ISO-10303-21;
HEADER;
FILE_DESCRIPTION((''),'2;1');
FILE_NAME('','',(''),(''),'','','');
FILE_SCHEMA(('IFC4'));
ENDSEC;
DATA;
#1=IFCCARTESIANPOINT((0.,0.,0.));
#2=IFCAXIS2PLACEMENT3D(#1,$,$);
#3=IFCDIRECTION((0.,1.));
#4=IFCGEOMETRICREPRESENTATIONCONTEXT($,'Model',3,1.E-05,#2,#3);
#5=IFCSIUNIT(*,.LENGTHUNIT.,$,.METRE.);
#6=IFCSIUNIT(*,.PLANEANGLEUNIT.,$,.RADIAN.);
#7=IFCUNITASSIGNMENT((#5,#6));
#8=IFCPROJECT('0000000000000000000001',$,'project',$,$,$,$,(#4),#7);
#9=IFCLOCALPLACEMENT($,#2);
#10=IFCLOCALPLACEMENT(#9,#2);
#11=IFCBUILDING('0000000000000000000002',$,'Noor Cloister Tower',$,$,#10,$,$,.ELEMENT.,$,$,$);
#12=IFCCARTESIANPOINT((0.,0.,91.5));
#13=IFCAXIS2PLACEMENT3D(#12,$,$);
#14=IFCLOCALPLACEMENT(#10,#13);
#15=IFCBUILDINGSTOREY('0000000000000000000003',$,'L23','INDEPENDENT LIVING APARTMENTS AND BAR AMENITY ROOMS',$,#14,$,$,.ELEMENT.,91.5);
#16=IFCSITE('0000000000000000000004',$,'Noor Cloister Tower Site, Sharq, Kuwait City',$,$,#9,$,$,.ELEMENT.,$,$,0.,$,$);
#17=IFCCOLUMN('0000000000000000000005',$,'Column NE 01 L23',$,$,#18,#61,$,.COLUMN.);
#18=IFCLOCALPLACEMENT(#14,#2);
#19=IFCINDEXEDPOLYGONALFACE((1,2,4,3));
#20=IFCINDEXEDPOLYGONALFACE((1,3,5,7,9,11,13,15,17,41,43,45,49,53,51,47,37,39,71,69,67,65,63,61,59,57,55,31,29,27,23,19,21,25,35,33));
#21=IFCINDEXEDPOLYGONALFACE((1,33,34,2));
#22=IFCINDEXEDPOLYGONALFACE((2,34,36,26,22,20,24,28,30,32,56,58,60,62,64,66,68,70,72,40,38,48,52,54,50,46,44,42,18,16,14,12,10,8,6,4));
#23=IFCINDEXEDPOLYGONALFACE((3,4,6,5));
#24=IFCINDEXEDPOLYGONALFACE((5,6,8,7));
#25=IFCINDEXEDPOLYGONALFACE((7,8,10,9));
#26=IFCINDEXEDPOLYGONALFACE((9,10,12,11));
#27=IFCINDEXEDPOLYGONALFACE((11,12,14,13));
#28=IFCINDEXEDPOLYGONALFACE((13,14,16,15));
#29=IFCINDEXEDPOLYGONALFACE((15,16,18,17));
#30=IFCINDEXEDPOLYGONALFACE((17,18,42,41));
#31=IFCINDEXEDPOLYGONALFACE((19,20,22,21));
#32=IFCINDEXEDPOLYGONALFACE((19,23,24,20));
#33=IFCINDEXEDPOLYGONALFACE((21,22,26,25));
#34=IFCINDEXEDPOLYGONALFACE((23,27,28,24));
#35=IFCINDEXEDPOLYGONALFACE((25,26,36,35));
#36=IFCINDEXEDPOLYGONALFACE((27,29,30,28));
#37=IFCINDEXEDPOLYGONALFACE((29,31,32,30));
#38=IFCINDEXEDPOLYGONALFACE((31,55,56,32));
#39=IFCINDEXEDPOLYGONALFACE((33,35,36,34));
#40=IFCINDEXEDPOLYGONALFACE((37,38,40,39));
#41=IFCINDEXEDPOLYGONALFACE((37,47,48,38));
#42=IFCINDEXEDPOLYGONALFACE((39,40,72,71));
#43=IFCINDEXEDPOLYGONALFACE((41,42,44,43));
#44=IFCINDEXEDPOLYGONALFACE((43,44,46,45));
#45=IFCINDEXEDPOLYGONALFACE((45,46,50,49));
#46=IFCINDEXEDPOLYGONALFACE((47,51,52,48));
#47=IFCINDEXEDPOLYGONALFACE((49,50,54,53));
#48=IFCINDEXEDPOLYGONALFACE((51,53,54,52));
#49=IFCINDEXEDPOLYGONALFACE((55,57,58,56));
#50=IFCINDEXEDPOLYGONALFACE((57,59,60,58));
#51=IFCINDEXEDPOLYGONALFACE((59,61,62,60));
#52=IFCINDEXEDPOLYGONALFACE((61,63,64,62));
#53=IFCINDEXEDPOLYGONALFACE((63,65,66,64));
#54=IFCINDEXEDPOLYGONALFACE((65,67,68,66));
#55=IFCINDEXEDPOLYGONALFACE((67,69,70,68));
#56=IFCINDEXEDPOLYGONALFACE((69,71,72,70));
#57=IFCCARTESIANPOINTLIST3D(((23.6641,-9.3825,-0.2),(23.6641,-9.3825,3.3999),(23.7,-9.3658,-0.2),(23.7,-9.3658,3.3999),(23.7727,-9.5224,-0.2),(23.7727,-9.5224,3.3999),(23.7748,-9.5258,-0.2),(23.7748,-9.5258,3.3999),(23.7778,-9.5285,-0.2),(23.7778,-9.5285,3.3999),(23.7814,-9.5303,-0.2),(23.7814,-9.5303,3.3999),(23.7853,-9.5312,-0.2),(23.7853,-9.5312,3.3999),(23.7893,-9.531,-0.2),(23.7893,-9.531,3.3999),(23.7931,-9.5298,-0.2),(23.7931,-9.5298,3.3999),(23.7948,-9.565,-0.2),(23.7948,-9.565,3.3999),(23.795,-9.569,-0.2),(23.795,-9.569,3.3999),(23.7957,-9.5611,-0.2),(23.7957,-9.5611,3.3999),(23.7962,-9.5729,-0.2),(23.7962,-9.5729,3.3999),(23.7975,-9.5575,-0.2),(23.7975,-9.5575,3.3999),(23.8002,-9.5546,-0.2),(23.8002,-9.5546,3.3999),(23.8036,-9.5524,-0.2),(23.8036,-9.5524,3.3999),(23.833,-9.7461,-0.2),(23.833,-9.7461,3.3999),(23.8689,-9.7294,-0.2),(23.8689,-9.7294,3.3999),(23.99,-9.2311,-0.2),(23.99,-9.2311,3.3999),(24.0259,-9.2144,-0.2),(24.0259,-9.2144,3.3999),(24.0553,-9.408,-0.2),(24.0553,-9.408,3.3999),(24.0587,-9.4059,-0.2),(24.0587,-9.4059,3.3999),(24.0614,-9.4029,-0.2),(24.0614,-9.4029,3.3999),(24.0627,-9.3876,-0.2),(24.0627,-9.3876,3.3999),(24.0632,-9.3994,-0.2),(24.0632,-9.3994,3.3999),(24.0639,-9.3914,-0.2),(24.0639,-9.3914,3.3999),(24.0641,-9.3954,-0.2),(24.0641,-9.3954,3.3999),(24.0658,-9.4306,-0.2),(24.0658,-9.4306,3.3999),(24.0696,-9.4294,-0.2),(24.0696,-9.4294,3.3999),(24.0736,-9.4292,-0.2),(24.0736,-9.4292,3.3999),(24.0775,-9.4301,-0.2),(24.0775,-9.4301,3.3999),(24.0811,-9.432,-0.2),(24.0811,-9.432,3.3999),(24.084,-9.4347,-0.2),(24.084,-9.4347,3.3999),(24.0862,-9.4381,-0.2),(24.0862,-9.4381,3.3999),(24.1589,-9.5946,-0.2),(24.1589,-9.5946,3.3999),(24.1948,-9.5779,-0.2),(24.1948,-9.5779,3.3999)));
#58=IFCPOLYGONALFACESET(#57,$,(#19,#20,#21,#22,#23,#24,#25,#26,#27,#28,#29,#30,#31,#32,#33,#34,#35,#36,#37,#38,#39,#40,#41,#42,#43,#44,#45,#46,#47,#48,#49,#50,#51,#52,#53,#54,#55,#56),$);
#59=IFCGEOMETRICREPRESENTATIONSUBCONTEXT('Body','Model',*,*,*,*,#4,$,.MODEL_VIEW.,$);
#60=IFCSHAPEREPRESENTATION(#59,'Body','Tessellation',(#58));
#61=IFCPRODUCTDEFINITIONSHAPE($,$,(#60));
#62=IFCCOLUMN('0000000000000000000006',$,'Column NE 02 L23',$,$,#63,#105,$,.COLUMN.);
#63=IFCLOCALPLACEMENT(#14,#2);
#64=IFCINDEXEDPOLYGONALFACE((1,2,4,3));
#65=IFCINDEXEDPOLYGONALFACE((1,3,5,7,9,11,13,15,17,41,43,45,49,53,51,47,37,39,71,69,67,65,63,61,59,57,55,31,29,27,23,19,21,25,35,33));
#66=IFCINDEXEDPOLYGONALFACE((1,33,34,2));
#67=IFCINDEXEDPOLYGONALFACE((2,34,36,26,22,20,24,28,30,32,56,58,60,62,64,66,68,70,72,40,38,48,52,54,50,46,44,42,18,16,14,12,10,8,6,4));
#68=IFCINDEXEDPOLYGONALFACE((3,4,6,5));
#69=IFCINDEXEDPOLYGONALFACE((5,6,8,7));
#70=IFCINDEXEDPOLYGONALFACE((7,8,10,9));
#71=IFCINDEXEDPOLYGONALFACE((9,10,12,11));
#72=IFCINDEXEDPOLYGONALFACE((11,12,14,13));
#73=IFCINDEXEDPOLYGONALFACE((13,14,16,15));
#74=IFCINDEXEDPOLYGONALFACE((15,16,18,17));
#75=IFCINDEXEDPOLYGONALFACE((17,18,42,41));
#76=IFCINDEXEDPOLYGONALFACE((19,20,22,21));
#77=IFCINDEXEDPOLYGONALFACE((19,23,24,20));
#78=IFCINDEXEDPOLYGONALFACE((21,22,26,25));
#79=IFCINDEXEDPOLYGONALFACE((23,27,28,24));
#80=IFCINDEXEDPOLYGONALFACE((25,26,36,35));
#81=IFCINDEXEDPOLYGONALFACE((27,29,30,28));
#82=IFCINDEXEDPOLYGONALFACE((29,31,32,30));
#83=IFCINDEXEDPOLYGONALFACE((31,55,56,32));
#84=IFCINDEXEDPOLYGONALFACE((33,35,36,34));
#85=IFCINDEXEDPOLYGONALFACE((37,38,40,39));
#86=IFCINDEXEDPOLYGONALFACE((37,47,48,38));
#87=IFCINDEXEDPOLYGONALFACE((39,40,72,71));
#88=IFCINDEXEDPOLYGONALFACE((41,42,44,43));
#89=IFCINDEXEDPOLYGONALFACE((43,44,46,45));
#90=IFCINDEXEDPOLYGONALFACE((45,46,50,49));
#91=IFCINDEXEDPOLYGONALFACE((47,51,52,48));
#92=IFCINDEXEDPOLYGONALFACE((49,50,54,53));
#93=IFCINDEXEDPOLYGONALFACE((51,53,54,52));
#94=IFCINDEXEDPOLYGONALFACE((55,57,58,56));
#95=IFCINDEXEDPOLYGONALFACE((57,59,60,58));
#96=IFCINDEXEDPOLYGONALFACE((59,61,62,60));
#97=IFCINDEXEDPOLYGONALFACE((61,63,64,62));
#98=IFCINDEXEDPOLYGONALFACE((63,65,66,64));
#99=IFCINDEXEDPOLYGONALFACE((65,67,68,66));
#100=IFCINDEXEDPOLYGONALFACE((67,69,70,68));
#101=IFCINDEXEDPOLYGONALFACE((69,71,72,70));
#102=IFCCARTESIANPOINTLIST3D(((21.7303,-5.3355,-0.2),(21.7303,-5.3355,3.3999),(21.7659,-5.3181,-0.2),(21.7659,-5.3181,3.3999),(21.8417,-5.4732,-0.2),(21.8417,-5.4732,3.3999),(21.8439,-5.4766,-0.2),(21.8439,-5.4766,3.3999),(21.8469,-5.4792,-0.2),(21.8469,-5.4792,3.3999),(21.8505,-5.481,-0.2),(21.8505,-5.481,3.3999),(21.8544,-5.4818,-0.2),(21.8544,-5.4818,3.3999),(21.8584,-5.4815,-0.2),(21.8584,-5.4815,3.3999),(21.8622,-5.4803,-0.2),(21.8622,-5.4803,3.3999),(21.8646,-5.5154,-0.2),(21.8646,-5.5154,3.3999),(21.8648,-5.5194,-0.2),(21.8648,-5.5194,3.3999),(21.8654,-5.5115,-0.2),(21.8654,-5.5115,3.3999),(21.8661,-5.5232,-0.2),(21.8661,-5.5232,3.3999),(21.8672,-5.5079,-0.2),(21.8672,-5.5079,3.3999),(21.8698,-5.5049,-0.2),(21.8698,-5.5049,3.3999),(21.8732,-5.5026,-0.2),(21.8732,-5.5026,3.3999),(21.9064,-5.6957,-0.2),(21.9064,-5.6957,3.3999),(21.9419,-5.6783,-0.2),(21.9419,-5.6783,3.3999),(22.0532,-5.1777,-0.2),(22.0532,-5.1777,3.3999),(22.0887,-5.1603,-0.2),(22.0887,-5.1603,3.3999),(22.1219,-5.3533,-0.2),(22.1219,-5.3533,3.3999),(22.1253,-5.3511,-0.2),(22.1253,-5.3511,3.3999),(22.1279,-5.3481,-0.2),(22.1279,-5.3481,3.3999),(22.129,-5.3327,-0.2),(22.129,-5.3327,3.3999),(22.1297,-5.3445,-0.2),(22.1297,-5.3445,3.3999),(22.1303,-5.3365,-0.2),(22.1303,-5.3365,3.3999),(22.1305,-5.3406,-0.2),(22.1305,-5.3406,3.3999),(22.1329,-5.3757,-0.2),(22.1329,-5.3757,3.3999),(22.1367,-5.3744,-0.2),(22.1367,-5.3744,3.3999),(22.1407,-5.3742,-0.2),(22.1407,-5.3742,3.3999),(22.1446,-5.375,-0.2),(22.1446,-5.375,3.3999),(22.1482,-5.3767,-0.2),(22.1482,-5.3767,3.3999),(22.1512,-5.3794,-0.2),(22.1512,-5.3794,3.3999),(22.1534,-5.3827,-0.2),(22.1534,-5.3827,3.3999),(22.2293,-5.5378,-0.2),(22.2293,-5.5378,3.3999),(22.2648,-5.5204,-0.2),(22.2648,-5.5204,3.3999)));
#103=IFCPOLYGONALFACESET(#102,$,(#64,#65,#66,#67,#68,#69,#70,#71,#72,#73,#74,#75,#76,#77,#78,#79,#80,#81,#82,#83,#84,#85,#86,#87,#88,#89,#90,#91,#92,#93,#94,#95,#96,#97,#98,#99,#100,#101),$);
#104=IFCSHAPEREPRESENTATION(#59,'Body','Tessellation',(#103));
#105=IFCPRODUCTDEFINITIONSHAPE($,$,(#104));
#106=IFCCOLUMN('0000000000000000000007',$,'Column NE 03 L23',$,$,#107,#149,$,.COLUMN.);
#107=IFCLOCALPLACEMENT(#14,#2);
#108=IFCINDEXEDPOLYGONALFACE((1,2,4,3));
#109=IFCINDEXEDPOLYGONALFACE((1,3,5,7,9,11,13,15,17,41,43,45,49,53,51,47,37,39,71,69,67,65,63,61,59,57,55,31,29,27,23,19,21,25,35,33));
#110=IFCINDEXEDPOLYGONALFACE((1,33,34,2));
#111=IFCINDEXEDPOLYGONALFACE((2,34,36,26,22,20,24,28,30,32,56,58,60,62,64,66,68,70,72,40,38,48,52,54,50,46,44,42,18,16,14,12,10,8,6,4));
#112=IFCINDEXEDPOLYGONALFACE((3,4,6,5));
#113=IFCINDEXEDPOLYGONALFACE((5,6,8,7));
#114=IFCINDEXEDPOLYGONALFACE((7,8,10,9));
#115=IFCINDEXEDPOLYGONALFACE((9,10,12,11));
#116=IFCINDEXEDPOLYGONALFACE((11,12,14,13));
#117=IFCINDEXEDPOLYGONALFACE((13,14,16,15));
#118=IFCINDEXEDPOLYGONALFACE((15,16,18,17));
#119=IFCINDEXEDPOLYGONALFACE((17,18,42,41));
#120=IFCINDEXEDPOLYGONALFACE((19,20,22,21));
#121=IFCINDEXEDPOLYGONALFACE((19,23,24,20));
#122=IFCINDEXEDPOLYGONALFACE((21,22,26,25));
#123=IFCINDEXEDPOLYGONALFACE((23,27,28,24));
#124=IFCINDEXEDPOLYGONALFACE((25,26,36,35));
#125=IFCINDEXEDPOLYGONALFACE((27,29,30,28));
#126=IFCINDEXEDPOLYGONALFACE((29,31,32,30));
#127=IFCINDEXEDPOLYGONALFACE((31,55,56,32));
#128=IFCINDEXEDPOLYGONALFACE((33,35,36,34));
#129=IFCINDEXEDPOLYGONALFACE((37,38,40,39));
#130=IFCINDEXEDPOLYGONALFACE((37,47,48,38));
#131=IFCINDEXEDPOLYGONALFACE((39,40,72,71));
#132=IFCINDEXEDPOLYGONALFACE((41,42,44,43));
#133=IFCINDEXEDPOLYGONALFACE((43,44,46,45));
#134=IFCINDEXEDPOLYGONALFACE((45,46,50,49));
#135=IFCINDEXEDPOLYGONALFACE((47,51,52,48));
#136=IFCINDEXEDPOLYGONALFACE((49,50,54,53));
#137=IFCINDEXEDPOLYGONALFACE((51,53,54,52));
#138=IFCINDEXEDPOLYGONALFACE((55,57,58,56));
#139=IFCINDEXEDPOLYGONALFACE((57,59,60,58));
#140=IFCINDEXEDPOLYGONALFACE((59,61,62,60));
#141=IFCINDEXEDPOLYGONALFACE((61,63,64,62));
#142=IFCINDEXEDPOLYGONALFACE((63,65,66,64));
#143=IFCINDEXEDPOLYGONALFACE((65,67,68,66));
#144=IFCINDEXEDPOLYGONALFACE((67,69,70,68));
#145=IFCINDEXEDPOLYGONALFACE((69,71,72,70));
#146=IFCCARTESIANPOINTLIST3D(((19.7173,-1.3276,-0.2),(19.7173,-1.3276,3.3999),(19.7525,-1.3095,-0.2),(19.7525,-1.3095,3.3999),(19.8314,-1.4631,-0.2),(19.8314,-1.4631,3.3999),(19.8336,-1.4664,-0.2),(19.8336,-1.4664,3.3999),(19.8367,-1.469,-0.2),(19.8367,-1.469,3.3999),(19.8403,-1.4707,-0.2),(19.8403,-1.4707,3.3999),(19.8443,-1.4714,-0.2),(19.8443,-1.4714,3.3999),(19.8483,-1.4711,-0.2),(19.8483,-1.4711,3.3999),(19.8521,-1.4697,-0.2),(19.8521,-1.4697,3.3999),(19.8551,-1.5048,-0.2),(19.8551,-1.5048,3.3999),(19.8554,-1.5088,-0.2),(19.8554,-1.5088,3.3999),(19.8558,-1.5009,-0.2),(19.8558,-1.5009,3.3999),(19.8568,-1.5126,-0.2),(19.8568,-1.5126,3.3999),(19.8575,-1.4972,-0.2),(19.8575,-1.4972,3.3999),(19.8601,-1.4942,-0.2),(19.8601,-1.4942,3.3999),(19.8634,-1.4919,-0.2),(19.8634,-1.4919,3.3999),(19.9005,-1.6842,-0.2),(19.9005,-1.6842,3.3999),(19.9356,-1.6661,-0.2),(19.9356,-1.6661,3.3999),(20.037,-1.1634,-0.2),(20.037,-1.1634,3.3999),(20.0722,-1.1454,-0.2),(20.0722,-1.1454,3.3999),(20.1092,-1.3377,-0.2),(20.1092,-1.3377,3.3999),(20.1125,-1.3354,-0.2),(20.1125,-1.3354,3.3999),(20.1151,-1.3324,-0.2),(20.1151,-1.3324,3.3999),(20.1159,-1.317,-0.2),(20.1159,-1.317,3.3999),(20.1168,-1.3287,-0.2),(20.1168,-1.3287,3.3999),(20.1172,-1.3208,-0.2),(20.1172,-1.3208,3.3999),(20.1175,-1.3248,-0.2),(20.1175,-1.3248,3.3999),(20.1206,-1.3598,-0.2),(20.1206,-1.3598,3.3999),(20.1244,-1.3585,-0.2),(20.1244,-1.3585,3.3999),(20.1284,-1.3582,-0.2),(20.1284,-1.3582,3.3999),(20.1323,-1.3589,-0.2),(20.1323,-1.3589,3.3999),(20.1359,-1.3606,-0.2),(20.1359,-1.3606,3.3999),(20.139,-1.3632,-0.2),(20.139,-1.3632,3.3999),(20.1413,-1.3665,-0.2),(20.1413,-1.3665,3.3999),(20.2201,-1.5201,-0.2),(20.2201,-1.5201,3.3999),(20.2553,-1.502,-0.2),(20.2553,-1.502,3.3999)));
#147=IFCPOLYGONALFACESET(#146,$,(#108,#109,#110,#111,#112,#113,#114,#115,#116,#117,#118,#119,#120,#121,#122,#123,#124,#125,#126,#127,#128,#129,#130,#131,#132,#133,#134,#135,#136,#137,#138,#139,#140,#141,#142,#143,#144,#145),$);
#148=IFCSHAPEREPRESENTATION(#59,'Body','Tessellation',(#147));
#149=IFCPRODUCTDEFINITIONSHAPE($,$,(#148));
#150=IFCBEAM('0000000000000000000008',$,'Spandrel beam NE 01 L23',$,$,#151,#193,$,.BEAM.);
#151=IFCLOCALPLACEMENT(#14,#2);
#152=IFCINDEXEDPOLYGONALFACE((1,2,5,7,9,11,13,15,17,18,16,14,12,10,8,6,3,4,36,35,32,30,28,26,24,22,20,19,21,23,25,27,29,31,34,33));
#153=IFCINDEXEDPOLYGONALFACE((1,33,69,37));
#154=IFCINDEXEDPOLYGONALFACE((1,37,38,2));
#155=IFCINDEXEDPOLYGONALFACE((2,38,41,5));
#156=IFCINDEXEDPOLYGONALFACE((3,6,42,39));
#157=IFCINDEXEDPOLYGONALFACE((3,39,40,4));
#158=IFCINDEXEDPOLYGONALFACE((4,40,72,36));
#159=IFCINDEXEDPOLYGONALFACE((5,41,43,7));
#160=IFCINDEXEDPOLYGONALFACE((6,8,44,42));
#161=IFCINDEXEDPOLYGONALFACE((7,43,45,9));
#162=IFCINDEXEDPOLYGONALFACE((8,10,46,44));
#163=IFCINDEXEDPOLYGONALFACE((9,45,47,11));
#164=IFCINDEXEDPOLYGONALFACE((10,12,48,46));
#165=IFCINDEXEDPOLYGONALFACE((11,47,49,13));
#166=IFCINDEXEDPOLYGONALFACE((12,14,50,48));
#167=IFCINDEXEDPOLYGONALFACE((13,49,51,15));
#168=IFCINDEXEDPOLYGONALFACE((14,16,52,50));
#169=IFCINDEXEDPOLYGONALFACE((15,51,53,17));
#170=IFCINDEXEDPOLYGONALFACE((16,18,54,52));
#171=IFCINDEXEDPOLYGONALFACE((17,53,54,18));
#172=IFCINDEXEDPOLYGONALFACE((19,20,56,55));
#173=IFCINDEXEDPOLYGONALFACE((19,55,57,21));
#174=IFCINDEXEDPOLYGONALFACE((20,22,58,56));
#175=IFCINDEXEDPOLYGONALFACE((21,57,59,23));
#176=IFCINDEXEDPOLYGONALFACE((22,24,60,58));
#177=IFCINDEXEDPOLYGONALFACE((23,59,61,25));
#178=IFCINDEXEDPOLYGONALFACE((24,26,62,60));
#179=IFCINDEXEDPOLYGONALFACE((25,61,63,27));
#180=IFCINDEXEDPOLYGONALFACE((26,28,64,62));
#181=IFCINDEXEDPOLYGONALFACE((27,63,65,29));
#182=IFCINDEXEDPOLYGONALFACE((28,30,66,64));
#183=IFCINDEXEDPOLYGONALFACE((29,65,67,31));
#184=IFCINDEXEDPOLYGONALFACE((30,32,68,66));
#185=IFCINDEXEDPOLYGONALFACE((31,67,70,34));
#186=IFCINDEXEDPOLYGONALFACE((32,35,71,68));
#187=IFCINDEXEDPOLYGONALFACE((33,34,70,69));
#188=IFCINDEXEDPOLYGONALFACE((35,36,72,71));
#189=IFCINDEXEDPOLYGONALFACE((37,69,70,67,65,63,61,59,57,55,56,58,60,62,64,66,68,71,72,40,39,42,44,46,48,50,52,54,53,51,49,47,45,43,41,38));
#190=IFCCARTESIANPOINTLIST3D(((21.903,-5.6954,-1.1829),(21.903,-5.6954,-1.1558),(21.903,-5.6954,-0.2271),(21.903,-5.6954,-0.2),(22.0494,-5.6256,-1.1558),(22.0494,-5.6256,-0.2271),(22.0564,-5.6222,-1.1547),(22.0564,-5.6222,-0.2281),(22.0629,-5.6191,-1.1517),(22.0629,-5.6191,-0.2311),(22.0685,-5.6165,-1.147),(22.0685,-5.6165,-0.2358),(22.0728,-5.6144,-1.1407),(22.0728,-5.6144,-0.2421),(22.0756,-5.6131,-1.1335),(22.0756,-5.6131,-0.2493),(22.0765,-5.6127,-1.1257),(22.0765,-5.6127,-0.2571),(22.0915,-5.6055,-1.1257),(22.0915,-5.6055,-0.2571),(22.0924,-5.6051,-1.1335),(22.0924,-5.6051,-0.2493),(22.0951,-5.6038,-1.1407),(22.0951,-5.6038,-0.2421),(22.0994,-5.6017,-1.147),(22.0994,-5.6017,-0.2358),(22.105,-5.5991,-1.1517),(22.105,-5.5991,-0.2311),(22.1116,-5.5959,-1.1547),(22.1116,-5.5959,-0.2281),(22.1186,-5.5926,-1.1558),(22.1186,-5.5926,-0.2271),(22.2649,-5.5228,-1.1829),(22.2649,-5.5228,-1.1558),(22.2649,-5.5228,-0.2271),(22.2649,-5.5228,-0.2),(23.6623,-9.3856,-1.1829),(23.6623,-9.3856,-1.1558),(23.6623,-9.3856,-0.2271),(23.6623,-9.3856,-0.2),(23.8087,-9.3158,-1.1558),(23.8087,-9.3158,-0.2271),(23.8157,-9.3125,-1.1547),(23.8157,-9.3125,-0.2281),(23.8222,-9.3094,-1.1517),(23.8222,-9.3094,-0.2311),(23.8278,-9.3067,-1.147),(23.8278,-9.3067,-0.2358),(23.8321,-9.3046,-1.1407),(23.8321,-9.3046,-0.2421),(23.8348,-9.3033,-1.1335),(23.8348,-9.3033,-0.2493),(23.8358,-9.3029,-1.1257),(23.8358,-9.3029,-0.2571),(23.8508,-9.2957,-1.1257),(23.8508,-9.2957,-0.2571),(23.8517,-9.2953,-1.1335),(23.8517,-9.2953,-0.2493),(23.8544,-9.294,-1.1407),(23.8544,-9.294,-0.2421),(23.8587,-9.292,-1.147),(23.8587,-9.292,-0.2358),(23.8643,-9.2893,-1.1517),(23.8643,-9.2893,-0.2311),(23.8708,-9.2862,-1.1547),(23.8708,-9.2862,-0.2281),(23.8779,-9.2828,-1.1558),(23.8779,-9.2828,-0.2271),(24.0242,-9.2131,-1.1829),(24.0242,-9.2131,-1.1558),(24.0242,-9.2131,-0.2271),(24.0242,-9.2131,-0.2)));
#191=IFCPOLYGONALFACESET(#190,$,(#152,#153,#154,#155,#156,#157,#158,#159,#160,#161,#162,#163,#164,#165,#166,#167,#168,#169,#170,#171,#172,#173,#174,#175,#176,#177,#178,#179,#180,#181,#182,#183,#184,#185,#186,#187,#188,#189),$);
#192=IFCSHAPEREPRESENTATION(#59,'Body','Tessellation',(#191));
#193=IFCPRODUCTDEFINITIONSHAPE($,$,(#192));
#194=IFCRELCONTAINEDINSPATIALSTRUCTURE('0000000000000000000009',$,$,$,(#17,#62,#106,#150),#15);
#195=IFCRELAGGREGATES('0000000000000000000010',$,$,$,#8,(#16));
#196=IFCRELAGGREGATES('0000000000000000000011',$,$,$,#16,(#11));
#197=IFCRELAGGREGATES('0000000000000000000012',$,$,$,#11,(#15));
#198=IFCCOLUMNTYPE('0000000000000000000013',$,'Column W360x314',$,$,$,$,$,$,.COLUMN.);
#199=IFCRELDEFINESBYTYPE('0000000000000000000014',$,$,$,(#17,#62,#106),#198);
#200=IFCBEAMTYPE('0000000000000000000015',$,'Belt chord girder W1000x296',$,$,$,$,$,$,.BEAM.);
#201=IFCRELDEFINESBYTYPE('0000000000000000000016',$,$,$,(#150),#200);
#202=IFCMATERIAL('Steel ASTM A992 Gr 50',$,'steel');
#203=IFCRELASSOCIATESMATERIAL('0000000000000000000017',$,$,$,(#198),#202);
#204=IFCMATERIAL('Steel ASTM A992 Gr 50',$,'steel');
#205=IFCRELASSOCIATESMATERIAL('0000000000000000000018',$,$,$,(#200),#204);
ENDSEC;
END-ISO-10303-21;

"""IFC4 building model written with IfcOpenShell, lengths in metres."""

from ifc_helpers import new_model, si_unit, direction, frame, origin, origin_2d, place, context, subcontext, project, spatial, i_section, extrude, material, material_profile, profile_set, type_object, element, save


model = new_model("IFC4")

# Units and contexts
model_context = context("Model", 3, precision=1e-05, world=origin(), true_north=direction((0.0, 1.0)))
body_context = subcontext(model_context, "Body", "Model", "MODEL_VIEW")
ifc_project = project(units=[si_unit("LENGTHUNIT", "METRE"), si_unit("PLANEANGLEUNIT", "RADIAN")], contexts=[model_context])

# Site, building, storey
site_placement = place(None, origin())
site = spatial("IfcSite", under=ifc_project, at=site_placement, Name="Noor Cloister Tower Site, Sharq, Kuwait City", CompositionType="ELEMENT", RefElevation=0.0)
building_placement = place(site_placement, origin())
building = spatial("IfcBuilding", under=site, at=building_placement, Name="Noor Cloister Tower", CompositionType="ELEMENT")
storey_placement = place(building_placement, frame((0.0, 0.0, 91.5)))
storey = spatial("IfcBuildingStorey", under=building, at=storey_placement, Name="L23", Description="INDEPENDENT LIVING APARTMENTS AND BAR AMENITY ROOMS", CompositionType="ELEMENT", Elevation=91.5)

# Columns
ifc_material_1 = material(Name="Steel ASTM A992 Gr 50", Category="steel")
ifc_material_profile_1 = material_profile(ifc_material_1, i_section(OverallWidth=0.4009, OverallDepth=0.3989, WebThickness=0.0249, FlangeThickness=0.0396, FilletRadius=0.0154, at=origin_2d()), Name="W360x314")
ifc_profile_set_1 = profile_set([ifc_material_profile_1], Name="Steel ASTM A992 Gr 50")
column_type = type_object("IfcColumnType", Name="Column W360x314", PredefinedType="COLUMN", material=ifc_profile_set_1)
for number, where, z_axis, x_axis, name in (
    (1, (23.9294, -9.4802, -0.2), (0.0, 0.0, 1.0), (-0.421432, 0.90686, 0.0), "Column NE 01 L23"),
    (2, (21.9976, -5.428, -0.2), (0.0, 0.0, 1.0), (-0.439199, 0.89839, 0.0), "Column NE 02 L23"),
    (3, (19.9863, -1.4148, -0.2), (0.0, 0.0, 1.0), (-0.456796, 0.889571, 0.0), "Column NE 03 L23"),
):
    element("IfcColumn", number, at=place(storey_placement, frame(where, z_axis=z_axis, x_axis=x_axis)), inside=storey, type_object=column_type, Name=name, PredefinedType="COLUMN", context=body_context, shape_type="SweptSolid", body=[
        extrude(i_section(OverallWidth=0.4009, OverallDepth=0.3989, WebThickness=0.0249, FlangeThickness=0.0396, FilletRadius=0.0154, at=origin_2d()), origin(), (0.0, 0.0, 1.0), 3.5999),
    ])

# Beam
ifc_material_2 = material(Name="Steel ASTM A992 Gr 50", Category="steel")
ifc_material_profile_2 = material_profile(ifc_material_2, i_section(OverallWidth=0.4009, OverallDepth=0.9829, WebThickness=0.0166, FlangeThickness=0.0271, FilletRadius=0.03, at=origin_2d()), Name="W1000x296")
ifc_profile_set_2 = profile_set([ifc_material_profile_2], Name="Steel ASTM A992 Gr 50")
beam_type_1 = type_object("IfcBeamType", Name="Belt chord girder W1000x296", PredefinedType="BEAM", material=ifc_profile_set_2)
for number, where, z_axis, x_axis, name in (
    (4, (23.8433, -9.2993, -0.6914), (-0.430342, 0.902666, 0.0), (-0.902666, -0.430342, 0.0), "Spandrel beam NE 01 L23"),
):
    element("IfcBeam", number, at=place(storey_placement, frame(where, z_axis=z_axis, x_axis=x_axis)), inside=storey, type_object=beam_type_1, Name=name, PredefinedType="BEAM", context=body_context, shape_type="SweptSolid", body=[
        extrude(i_section(OverallWidth=0.4009, OverallDepth=0.9829, WebThickness=0.0166, FlangeThickness=0.0271, FilletRadius=0.03, at=origin_2d()), origin(), (0.0, 0.0, 1.0), 4.0881),
    ])

save(model, "model.ifc")
